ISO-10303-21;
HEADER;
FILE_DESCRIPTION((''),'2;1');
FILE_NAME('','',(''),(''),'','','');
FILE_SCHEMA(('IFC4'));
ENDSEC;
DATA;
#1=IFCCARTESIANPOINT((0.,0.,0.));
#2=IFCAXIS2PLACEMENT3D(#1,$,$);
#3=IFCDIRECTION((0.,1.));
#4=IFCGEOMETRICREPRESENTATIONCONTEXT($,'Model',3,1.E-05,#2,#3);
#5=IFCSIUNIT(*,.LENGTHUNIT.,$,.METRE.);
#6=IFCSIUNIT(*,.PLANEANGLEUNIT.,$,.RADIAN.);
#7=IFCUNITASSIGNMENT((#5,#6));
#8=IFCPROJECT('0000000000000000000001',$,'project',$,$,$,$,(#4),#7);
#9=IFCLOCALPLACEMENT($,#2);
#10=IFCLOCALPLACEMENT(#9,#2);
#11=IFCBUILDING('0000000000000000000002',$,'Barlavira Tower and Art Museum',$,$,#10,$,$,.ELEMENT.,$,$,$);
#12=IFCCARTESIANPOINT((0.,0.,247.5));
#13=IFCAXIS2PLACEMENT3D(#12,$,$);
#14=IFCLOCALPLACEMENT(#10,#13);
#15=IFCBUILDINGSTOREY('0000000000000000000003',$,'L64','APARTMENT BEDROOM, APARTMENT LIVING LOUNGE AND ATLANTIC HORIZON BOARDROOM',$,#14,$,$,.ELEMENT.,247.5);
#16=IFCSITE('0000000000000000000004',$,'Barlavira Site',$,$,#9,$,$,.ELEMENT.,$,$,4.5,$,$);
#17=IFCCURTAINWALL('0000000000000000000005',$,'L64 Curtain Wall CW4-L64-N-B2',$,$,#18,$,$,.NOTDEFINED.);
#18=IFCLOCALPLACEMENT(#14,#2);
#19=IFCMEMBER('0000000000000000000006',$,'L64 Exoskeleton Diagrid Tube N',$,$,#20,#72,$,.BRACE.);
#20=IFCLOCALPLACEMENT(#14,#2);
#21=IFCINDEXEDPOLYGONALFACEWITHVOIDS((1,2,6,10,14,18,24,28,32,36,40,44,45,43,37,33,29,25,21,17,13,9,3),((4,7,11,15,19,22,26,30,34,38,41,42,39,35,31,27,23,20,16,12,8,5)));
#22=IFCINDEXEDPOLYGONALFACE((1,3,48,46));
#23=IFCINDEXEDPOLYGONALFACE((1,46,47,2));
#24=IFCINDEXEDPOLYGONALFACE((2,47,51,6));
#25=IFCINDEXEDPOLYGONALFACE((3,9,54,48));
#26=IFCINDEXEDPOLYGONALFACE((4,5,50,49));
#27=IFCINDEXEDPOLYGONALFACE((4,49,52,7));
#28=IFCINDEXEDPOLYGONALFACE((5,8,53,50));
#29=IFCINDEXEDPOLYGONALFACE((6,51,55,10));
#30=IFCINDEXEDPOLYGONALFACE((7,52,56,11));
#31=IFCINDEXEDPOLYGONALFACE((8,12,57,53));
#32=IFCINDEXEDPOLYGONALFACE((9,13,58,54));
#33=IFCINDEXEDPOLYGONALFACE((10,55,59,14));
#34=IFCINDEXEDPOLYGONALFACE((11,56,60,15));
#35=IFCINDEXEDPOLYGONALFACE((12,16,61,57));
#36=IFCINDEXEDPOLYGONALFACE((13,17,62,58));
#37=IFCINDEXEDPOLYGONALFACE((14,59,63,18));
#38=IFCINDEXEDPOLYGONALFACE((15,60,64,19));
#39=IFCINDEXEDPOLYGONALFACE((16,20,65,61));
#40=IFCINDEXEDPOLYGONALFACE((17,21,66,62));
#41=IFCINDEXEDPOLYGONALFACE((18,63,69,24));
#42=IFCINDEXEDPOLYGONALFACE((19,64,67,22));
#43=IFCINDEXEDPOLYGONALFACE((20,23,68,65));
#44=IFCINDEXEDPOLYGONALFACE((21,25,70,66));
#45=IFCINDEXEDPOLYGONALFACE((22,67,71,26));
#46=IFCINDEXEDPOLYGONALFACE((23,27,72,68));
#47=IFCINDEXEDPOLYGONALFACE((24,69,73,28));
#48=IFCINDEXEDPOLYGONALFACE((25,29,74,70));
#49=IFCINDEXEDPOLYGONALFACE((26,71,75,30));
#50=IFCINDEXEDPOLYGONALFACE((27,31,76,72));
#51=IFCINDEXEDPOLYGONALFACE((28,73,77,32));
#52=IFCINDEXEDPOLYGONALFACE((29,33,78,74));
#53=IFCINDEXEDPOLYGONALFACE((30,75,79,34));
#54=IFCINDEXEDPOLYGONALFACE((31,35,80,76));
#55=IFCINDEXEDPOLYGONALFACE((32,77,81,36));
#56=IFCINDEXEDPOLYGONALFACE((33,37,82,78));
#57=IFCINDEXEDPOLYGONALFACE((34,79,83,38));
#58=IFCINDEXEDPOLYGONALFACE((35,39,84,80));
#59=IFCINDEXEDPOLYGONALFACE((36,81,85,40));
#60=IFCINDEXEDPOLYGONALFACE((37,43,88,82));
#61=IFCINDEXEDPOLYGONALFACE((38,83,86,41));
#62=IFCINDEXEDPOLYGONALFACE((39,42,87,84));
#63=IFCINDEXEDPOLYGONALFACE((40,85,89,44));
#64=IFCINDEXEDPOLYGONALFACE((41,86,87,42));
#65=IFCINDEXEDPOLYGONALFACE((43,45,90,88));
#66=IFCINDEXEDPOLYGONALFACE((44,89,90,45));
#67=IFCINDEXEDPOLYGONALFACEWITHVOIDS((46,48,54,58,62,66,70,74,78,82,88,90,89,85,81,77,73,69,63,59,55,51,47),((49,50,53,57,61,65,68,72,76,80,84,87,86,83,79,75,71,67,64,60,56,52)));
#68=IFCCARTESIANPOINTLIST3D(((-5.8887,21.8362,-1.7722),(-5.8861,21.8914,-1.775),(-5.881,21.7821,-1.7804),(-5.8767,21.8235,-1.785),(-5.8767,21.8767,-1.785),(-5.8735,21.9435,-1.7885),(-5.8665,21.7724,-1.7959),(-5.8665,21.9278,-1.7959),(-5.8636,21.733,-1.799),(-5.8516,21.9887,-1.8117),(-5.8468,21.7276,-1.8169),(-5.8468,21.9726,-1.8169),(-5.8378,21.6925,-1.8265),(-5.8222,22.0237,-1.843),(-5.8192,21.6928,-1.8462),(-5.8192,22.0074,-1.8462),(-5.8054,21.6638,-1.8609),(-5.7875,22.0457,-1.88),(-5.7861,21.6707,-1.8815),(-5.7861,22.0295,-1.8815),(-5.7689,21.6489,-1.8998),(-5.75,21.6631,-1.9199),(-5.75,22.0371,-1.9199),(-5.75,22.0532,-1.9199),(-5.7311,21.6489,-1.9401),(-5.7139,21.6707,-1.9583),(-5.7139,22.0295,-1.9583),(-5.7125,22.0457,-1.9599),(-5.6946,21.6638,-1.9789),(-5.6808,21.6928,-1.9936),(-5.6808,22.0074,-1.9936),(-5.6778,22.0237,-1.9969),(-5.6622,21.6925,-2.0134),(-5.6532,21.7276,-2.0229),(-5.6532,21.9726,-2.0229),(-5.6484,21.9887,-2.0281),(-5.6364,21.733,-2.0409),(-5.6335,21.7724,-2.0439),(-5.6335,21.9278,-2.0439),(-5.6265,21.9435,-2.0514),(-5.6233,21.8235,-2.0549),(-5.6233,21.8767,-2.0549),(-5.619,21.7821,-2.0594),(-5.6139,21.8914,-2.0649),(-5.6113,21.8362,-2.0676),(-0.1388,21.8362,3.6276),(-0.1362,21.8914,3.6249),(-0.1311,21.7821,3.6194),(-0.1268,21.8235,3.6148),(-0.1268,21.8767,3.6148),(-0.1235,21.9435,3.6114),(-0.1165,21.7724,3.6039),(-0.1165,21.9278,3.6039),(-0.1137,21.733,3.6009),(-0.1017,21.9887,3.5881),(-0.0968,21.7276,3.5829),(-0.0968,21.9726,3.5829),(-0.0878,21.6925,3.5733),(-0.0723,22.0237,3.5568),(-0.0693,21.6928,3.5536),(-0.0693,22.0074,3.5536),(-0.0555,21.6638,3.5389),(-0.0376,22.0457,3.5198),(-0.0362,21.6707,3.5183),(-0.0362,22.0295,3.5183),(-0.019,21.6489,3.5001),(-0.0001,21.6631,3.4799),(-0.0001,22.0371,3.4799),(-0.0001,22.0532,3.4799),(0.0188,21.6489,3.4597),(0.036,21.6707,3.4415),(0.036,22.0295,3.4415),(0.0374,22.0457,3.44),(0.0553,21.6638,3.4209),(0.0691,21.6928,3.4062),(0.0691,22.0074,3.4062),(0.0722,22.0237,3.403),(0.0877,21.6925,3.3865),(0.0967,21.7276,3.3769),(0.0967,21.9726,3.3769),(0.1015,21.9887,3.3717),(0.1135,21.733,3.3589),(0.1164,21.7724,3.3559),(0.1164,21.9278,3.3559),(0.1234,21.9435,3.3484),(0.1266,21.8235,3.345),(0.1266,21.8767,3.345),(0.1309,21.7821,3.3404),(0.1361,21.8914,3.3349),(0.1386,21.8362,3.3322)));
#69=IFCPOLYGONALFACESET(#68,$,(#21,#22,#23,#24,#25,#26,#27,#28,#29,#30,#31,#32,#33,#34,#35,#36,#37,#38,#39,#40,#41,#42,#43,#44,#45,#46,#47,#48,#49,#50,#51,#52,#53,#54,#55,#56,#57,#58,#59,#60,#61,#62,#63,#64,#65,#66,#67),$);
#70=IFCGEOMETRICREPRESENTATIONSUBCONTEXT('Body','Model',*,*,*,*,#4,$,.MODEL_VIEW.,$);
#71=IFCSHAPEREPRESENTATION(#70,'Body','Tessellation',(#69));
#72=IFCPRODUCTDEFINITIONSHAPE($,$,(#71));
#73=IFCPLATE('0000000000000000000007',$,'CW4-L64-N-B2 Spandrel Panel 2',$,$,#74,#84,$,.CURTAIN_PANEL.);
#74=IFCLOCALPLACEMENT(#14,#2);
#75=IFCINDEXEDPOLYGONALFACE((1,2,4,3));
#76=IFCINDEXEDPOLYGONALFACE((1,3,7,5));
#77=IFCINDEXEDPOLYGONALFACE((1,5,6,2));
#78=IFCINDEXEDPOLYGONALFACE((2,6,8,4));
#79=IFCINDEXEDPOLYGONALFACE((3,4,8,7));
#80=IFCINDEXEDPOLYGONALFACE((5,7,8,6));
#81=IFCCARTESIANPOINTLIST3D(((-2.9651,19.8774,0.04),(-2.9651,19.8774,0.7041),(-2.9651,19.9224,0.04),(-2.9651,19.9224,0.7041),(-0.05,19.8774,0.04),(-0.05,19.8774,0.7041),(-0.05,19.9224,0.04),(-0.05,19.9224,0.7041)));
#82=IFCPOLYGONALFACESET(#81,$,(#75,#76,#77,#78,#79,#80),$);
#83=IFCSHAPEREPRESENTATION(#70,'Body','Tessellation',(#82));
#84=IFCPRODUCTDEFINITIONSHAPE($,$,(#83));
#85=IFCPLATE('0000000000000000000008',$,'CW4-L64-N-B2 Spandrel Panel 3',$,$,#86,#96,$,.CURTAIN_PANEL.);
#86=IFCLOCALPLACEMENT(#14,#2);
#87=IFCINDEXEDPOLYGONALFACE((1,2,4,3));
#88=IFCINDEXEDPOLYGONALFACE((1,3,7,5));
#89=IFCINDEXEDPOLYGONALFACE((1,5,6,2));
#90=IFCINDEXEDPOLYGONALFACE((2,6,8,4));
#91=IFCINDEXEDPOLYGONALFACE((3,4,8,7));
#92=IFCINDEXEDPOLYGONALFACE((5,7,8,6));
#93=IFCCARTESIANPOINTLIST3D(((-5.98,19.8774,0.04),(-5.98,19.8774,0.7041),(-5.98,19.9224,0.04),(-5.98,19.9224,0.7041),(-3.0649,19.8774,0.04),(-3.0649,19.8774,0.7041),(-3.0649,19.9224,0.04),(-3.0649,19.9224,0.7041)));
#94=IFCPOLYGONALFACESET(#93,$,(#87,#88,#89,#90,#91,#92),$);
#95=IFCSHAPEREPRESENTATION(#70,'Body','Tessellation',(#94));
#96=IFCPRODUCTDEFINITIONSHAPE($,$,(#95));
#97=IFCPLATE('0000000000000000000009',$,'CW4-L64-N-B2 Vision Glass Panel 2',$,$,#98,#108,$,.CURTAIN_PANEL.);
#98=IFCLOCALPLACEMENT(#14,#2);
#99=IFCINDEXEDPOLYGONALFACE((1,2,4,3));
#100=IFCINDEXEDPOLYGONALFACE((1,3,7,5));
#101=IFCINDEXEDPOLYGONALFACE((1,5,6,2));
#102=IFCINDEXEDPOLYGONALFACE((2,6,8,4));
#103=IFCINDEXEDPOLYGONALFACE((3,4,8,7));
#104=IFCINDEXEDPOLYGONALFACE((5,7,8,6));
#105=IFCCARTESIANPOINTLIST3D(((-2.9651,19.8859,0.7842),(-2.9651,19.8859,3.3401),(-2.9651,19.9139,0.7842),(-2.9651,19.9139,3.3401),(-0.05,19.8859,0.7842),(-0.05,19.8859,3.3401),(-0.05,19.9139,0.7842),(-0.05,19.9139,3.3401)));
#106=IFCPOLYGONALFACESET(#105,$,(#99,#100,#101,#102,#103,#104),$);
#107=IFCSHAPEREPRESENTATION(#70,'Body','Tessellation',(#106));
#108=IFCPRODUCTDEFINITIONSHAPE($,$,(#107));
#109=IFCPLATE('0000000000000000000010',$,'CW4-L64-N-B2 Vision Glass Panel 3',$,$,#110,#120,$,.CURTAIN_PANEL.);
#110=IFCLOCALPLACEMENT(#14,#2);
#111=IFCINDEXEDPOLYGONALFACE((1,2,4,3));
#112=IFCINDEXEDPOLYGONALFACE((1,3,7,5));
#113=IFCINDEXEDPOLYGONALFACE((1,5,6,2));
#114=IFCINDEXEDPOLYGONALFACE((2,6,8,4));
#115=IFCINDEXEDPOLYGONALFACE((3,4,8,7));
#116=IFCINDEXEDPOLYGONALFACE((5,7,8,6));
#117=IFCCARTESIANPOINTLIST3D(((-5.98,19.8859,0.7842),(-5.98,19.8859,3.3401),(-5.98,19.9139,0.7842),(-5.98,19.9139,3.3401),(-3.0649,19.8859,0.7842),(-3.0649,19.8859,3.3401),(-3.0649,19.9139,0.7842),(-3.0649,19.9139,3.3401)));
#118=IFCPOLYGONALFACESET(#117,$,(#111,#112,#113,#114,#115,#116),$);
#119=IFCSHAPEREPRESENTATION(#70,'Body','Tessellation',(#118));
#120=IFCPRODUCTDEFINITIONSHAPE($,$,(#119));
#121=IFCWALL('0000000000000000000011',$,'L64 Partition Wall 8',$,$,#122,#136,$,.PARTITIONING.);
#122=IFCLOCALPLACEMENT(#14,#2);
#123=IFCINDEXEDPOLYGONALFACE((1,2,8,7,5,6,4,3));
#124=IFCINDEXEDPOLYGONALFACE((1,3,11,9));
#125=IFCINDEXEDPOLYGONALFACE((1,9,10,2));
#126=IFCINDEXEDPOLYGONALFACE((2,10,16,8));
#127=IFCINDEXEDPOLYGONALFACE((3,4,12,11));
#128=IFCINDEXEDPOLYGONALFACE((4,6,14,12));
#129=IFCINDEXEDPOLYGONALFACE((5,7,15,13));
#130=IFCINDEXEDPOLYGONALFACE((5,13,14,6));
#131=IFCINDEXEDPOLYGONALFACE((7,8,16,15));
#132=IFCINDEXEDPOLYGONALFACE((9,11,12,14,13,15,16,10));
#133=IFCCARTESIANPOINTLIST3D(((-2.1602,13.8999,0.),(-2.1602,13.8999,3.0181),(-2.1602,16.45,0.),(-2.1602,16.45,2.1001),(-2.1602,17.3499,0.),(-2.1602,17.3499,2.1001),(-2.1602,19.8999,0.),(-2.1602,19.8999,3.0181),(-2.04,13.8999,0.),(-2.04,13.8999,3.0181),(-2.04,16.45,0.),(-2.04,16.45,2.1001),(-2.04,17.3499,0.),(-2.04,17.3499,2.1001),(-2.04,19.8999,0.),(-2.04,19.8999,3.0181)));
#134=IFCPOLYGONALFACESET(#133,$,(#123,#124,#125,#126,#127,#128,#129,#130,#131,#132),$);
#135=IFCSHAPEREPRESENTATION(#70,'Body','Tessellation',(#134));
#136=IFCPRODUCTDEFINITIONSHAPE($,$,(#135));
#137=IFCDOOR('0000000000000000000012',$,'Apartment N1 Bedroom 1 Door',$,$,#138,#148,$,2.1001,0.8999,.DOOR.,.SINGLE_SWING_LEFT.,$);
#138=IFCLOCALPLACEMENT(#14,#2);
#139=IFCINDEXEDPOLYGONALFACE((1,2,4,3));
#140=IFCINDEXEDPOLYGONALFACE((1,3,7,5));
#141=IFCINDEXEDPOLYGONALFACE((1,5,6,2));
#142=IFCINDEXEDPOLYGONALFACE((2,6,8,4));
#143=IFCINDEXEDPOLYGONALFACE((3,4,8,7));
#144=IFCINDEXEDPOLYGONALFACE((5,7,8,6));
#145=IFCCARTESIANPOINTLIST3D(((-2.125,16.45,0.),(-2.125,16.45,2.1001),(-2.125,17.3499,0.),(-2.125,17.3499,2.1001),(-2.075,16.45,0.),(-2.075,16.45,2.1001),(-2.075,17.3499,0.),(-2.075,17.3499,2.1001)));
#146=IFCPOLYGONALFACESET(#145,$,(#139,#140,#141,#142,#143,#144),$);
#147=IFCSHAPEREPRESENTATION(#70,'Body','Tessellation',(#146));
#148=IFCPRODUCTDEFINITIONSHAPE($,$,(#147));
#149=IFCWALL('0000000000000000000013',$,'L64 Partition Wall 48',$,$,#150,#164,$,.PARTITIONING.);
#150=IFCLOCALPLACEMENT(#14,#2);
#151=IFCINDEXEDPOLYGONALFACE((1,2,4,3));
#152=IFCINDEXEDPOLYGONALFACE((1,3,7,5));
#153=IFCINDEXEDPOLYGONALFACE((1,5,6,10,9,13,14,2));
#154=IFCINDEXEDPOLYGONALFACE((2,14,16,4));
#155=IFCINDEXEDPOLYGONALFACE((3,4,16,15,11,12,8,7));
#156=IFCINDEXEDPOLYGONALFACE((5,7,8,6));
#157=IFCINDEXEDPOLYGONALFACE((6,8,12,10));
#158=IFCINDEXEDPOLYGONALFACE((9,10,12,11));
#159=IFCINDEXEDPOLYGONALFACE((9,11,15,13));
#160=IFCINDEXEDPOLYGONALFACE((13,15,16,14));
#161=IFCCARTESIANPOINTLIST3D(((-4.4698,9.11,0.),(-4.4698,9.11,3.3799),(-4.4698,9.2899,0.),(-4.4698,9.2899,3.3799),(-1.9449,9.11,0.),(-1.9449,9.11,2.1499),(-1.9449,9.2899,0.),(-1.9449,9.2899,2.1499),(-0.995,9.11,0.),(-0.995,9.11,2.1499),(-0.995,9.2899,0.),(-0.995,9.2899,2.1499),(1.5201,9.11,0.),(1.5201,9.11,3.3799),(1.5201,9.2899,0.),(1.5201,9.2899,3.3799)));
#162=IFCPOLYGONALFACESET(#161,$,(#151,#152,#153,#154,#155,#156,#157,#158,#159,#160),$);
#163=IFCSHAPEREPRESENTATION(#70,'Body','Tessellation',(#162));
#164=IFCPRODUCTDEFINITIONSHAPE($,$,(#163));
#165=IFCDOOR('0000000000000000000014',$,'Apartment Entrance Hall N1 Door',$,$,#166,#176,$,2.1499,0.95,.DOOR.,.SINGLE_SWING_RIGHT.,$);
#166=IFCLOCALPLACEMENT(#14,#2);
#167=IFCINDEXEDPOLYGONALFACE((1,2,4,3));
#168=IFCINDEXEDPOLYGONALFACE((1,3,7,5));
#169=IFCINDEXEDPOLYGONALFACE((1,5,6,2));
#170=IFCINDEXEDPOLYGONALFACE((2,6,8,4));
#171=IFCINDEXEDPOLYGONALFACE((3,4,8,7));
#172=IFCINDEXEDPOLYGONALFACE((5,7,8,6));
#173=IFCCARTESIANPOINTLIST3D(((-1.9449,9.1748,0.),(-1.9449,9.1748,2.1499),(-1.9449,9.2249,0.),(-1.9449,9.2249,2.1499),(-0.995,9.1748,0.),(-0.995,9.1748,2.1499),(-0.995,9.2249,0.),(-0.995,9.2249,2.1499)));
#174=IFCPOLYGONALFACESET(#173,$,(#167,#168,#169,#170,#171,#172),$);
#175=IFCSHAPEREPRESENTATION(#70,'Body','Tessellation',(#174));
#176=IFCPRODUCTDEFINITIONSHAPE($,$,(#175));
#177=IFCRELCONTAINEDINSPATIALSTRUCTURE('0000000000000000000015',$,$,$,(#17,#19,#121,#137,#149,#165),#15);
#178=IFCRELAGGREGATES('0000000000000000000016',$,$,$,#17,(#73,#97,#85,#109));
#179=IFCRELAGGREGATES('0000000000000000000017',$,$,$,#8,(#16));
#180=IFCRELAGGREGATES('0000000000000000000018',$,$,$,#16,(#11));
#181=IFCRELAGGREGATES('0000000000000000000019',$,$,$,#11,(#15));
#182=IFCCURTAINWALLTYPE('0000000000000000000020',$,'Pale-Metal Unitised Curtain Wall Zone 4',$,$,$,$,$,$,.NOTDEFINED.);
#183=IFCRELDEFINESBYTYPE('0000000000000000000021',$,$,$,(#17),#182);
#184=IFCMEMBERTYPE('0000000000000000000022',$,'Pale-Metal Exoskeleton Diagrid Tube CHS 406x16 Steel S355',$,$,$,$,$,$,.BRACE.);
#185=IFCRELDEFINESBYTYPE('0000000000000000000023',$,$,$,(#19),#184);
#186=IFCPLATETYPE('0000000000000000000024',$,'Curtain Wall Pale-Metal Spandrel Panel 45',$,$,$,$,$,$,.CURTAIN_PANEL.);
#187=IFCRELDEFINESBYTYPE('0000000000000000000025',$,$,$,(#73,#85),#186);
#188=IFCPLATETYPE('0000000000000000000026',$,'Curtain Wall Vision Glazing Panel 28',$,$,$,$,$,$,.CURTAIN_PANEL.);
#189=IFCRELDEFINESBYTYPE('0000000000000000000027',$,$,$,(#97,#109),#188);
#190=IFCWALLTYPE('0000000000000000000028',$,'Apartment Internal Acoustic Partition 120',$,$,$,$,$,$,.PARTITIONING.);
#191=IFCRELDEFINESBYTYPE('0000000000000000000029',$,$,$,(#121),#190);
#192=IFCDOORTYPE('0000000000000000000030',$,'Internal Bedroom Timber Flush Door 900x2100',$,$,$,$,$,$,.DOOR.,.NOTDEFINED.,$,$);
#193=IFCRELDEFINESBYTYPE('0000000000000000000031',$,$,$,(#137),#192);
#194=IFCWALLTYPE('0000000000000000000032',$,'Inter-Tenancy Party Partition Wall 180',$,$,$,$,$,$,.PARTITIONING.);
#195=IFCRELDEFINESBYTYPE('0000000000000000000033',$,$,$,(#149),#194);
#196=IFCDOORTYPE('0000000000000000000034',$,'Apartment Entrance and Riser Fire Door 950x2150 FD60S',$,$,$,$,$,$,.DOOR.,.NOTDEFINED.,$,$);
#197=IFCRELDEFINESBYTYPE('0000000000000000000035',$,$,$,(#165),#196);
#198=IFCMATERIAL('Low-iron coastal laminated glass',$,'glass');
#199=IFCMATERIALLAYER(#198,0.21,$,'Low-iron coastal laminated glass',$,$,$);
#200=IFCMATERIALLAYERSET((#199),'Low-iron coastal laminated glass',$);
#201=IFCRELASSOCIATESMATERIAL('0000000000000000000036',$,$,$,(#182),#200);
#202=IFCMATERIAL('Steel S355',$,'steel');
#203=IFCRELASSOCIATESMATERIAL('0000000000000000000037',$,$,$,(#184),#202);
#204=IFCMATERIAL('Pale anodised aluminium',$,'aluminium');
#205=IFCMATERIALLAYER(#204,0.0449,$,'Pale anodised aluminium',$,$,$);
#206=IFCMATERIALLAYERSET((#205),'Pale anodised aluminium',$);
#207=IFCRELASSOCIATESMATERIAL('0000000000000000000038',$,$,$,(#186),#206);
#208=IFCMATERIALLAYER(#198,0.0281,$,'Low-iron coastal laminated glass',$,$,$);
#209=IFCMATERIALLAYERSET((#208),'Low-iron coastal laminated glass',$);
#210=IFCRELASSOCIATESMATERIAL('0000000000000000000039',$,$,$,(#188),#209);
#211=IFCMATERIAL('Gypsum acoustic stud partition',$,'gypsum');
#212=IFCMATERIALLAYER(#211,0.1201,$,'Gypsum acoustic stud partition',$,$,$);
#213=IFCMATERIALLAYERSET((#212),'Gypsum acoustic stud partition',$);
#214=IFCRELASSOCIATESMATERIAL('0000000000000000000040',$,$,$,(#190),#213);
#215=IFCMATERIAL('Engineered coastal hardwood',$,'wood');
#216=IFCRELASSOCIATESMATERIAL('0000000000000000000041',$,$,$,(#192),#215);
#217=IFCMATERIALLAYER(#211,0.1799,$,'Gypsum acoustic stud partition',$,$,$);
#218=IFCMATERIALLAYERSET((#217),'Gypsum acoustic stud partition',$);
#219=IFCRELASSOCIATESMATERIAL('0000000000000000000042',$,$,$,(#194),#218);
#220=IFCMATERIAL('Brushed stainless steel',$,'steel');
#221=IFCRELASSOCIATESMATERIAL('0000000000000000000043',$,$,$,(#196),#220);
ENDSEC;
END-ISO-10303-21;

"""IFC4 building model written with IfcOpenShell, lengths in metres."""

from ifc_helpers import new_model, si_unit, direction, frame, frame_2d, origin, origin_2d, place, context, subcontext, project, spatial, rectangle, hollow_circle, extrude, material, layer, layer_set, material_profile, profile_set, type_object, element, fill, aggregate, save


model = new_model("IFC4")

# Units and contexts
model_context = context("Model", 3, precision=1e-05, world=origin(), true_north=direction((0.0, 1.0)))
body_context = subcontext(model_context, "Body", "Model", "MODEL_VIEW")
ifc_project = project(units=[si_unit("LENGTHUNIT", "METRE"), si_unit("PLANEANGLEUNIT", "RADIAN")], contexts=[model_context])

# Site, building, storey
site_placement = place(None, origin())
site = spatial("IfcSite", under=ifc_project, at=site_placement, Name="Barlavira Site", CompositionType="ELEMENT", RefElevation=4.5)
building_placement = place(site_placement, origin())
building = spatial("IfcBuilding", under=site, at=building_placement, Name="Barlavira Tower and Art Museum", CompositionType="ELEMENT")
storey_placement = place(building_placement, frame((0.0, 0.0, 247.5)))
storey = spatial("IfcBuildingStorey", under=building, at=storey_placement, Name="L64", Description="APARTMENT BEDROOM, APARTMENT LIVING LOUNGE AND ATLANTIC HORIZON BOARDROOM", CompositionType="ELEMENT", Elevation=247.5)

# Curtain wall
ifc_material_1 = material(Name="Low-iron coastal laminated glass", Category="glass")
ifc_layer_1 = layer(ifc_material_1, 0.21, Name="Low-iron coastal laminated glass")
ifc_layer_set_1 = layer_set([ifc_layer_1], Name="Low-iron coastal laminated glass")
curtain_wall_type = type_object("IfcCurtainWallType", Name="Pale-Metal Unitised Curtain Wall Zone 4", PredefinedType="NOTDEFINED", material=ifc_layer_set_1)
curtain_wall_placement = place(storey_placement, origin())
curtain_wall = element("IfcCurtainWall", 1, at=curtain_wall_placement, inside=storey, type_object=curtain_wall_type, Name="L64 Curtain Wall CW4-L64-N-B2", PredefinedType="NOTDEFINED")
ifc_material_2 = material(Name="Pale anodised aluminium", Category="aluminium")

# Member
ifc_material_3 = material(Name="Steel S355", Category="steel")
ifc_material_profile_1 = material_profile(ifc_material_3, hollow_circle(Radius=0.2031, WallThickness=0.0161, at=origin_2d()), Name="CHS 406.4x16.0")
ifc_profile_set_1 = profile_set([ifc_material_profile_1], Name="Steel S355")
member_type_1 = type_object("IfcMemberType", Name="Pale-Metal Exoskeleton Diagrid Tube CHS 406x16 Steel S355", PredefinedType="BRACE", material=ifc_profile_set_1)
for number, where, z_axis, x_axis, name in (
    (2, (-5.75, 21.8501, -1.9199), (0.72895, 0.0, 0.684567), (0.0, 1.0, 0.0), "L64 Exoskeleton Diagrid Tube N"),
):
    element("IfcMember", number, at=place(storey_placement, frame(where, z_axis=z_axis, x_axis=x_axis)), inside=storey, type_object=member_type_1, Name=name, PredefinedType="BRACE", context=body_context, shape_type="SweptSolid", body=[
        extrude(hollow_circle(Radius=0.2031, WallThickness=0.0161, at=origin_2d()), origin(), (0.0, 0.0, 1.0), 7.8879),
    ])

# Plates
ifc_layer_2 = layer(ifc_material_2, 0.0449, Name="Pale anodised aluminium")
ifc_layer_set_2 = layer_set([ifc_layer_2], Name="Pale anodised aluminium")
plate_type_1 = type_object("IfcPlateType", Name="Curtain Wall Pale-Metal Spandrel Panel 45", PredefinedType="CURTAIN_PANEL", material=ifc_layer_set_2)
plate_1_placement = place(storey_placement, frame((-1.5076, 19.8999, 0.04), z_axis=(0.0, 0.0, 1.0), x_axis=(-1.0, 0.0, 0.0)))
plate_1 = element("IfcPlate", 3, at=plate_1_placement, type_object=plate_type_1, Name="CW4-L64-N-B2 Spandrel Panel 2", PredefinedType="CURTAIN_PANEL", context=body_context, shape_type="SweptSolid", body=[
    extrude(rectangle(XDim=2.915, YDim=0.0449, at=origin_2d()), origin(), (0.0, 0.0, 1.0), 0.6641),
])
plate_2_placement = place(storey_placement, frame((-4.5225, 19.8999, 0.04), z_axis=(0.0, 0.0, 1.0), x_axis=(-1.0, 0.0, 0.0)))
plate_2 = element("IfcPlate", 4, at=plate_2_placement, type_object=plate_type_1, Name="CW4-L64-N-B2 Spandrel Panel 3", PredefinedType="CURTAIN_PANEL", context=body_context, shape_type="SweptSolid", body=[
    extrude(rectangle(XDim=2.915, YDim=0.0449, at=origin_2d()), origin(), (0.0, 0.0, 1.0), 0.6641),
])
ifc_layer_3 = layer(ifc_material_1, 0.0281, Name="Low-iron coastal laminated glass")
ifc_layer_set_3 = layer_set([ifc_layer_3], Name="Low-iron coastal laminated glass")
plate_type_2 = type_object("IfcPlateType", Name="Curtain Wall Vision Glazing Panel 28", PredefinedType="CURTAIN_PANEL", material=ifc_layer_set_3)
plate_3_placement = place(storey_placement, frame((-1.5076, 19.8999, 0.7842), z_axis=(0.0, 0.0, 1.0), x_axis=(-1.0, 0.0, 0.0)))
plate_3 = element("IfcPlate", 5, at=plate_3_placement, type_object=plate_type_2, Name="CW4-L64-N-B2 Vision Glass Panel 2", PredefinedType="CURTAIN_PANEL", context=body_context, shape_type="SweptSolid", body=[
    extrude(rectangle(XDim=2.915, YDim=0.0281, at=origin_2d()), origin(), (0.0, 0.0, 1.0), 2.5559),
])
plate_4_placement = place(storey_placement, frame((-4.5225, 19.8999, 0.7842), z_axis=(0.0, 0.0, 1.0), x_axis=(-1.0, 0.0, 0.0)))
plate_4 = element("IfcPlate", 6, at=plate_4_placement, type_object=plate_type_2, Name="CW4-L64-N-B2 Vision Glass Panel 3", PredefinedType="CURTAIN_PANEL", context=body_context, shape_type="SweptSolid", body=[
    extrude(rectangle(XDim=2.915, YDim=0.0281, at=origin_2d()), origin(), (0.0, 0.0, 1.0), 2.5559),
])
aggregate(curtain_wall, [plate_1, plate_3, plate_2, plate_4])

# Walls, openings, doors
ifc_material_4 = material(Name="Gypsum acoustic stud partition", Category="gypsum")
ifc_layer_4 = layer(ifc_material_4, 0.1201, Name="Gypsum acoustic stud partition")
ifc_layer_set_4 = layer_set([ifc_layer_4], Name="Gypsum acoustic stud partition")
wall_type_1 = type_object("IfcWallType", Name="Apartment Internal Acoustic Partition 120", PredefinedType="PARTITIONING", material=ifc_layer_set_4)
wall_1_placement = place(storey_placement, frame((-2.1001, 13.8999, 0.0), z_axis=(0.0, 0.0, 1.0), x_axis=(0.0, 1.0, 0.0)))
wall_1 = element("IfcWall", 7, at=wall_1_placement, inside=storey, type_object=wall_type_1, Name="L64 Partition Wall 8", PredefinedType="PARTITIONING", context=body_context, shape_type="SweptSolid", body=[
    extrude(rectangle(XDim=6.0, YDim=0.1201, at=frame_2d((3.0, 0.0))), origin(), (0.0, 0.0, 1.0), 3.0181),
])
opening_1_placement = place(wall_1_placement, frame((2.55, 0.0, 0.0)))
opening_1 = element("IfcOpeningElement", 8, at=opening_1_placement, cuts=wall_1, PredefinedType="OPENING", context=body_context, shape_type="SweptSolid", body=[
    extrude(rectangle(XDim=0.8999, YDim=2.1001, at=frame_2d((0.45, 1.05))), frame((0.0, 0.0701, 0.0), z_axis=(0.0, -1.0, 0.0), x_axis=(1.0, 0.0, 0.0)), (0.0, 0.0, 1.0), 0.1401),
])
ifc_material_5 = material(Name="Engineered coastal hardwood", Category="wood")
door_type_1 = type_object("IfcDoorType", Name="Internal Bedroom Timber Flush Door 900x2100", OperationType="NOTDEFINED", PredefinedType="DOOR", material=ifc_material_5)
door_1_placement = place(opening_1_placement, origin())
door_1 = element("IfcDoor", 9, at=door_1_placement, inside=storey, type_object=door_type_1, Name="Apartment N1 Bedroom 1 Door", OperationType="SINGLE_SWING_LEFT", OverallHeight=2.1001, OverallWidth=0.8999, PredefinedType="DOOR", context=body_context, shape_type="SweptSolid", body=[
    extrude(rectangle(XDim=0.8999, YDim=2.1001, at=frame_2d((0.45, 1.05))), frame((0.0, 0.0249, 0.0), z_axis=(0.0, -1.0, 0.0), x_axis=(1.0, 0.0, 0.0)), (0.0, 0.0, 1.0), 0.05),
])
fill(opening_1, door_1)
ifc_layer_5 = layer(ifc_material_4, 0.1799, Name="Gypsum acoustic stud partition")
ifc_layer_set_5 = layer_set([ifc_layer_5], Name="Gypsum acoustic stud partition")
wall_type_2 = type_object("IfcWallType", Name="Inter-Tenancy Party Partition Wall 180", PredefinedType="PARTITIONING", material=ifc_layer_set_5)
wall_2_placement = place(storey_placement, frame((-4.47, 9.2, 0.0), z_axis=(0.0, 0.0, 1.0), x_axis=(1.0, 0.0, 0.0)))
wall_2 = element("IfcWall", 10, at=wall_2_placement, inside=storey, type_object=wall_type_2, Name="L64 Partition Wall 48", PredefinedType="PARTITIONING", context=body_context, shape_type="SweptSolid", body=[
    extrude(rectangle(XDim=5.99, YDim=0.1799, at=frame_2d((2.9951, 0.0))), origin(), (0.0, 0.0, 1.0), 3.3799),
])
opening_2_placement = place(wall_2_placement, frame((2.5249, 0.0, 0.0)))
opening_2 = element("IfcOpeningElement", 11, at=opening_2_placement, cuts=wall_2, PredefinedType="OPENING", context=body_context, shape_type="SweptSolid", body=[
    extrude(rectangle(XDim=0.95, YDim=2.1499, at=frame_2d((0.4751, 1.075))), frame((0.0, 0.1001, 0.0), z_axis=(0.0, -1.0, 0.0), x_axis=(1.0, 0.0, 0.0)), (0.0, 0.0, 1.0), 0.2),
])
ifc_material_6 = material(Name="Brushed stainless steel", Category="steel")
door_type_2 = type_object("IfcDoorType", Name="Apartment Entrance and Riser Fire Door 950x2150 FD60S", OperationType="NOTDEFINED", PredefinedType="DOOR", material=ifc_material_6)
door_2_placement = place(opening_2_placement, origin())
door_2 = element("IfcDoor", 12, at=door_2_placement, inside=storey, type_object=door_type_2, Name="Apartment Entrance Hall N1 Door", OperationType="SINGLE_SWING_RIGHT", OverallHeight=2.1499, OverallWidth=0.95, PredefinedType="DOOR", context=body_context, shape_type="SweptSolid", body=[
    extrude(rectangle(XDim=0.95, YDim=2.1499, at=frame_2d((0.4751, 1.075))), frame((0.0, 0.0249, 0.0), z_axis=(0.0, -1.0, 0.0), x_axis=(1.0, 0.0, 0.0)), (0.0, 0.0, 1.0), 0.05),
])
fill(opening_2, door_2)

save(model, "model.ifc")
